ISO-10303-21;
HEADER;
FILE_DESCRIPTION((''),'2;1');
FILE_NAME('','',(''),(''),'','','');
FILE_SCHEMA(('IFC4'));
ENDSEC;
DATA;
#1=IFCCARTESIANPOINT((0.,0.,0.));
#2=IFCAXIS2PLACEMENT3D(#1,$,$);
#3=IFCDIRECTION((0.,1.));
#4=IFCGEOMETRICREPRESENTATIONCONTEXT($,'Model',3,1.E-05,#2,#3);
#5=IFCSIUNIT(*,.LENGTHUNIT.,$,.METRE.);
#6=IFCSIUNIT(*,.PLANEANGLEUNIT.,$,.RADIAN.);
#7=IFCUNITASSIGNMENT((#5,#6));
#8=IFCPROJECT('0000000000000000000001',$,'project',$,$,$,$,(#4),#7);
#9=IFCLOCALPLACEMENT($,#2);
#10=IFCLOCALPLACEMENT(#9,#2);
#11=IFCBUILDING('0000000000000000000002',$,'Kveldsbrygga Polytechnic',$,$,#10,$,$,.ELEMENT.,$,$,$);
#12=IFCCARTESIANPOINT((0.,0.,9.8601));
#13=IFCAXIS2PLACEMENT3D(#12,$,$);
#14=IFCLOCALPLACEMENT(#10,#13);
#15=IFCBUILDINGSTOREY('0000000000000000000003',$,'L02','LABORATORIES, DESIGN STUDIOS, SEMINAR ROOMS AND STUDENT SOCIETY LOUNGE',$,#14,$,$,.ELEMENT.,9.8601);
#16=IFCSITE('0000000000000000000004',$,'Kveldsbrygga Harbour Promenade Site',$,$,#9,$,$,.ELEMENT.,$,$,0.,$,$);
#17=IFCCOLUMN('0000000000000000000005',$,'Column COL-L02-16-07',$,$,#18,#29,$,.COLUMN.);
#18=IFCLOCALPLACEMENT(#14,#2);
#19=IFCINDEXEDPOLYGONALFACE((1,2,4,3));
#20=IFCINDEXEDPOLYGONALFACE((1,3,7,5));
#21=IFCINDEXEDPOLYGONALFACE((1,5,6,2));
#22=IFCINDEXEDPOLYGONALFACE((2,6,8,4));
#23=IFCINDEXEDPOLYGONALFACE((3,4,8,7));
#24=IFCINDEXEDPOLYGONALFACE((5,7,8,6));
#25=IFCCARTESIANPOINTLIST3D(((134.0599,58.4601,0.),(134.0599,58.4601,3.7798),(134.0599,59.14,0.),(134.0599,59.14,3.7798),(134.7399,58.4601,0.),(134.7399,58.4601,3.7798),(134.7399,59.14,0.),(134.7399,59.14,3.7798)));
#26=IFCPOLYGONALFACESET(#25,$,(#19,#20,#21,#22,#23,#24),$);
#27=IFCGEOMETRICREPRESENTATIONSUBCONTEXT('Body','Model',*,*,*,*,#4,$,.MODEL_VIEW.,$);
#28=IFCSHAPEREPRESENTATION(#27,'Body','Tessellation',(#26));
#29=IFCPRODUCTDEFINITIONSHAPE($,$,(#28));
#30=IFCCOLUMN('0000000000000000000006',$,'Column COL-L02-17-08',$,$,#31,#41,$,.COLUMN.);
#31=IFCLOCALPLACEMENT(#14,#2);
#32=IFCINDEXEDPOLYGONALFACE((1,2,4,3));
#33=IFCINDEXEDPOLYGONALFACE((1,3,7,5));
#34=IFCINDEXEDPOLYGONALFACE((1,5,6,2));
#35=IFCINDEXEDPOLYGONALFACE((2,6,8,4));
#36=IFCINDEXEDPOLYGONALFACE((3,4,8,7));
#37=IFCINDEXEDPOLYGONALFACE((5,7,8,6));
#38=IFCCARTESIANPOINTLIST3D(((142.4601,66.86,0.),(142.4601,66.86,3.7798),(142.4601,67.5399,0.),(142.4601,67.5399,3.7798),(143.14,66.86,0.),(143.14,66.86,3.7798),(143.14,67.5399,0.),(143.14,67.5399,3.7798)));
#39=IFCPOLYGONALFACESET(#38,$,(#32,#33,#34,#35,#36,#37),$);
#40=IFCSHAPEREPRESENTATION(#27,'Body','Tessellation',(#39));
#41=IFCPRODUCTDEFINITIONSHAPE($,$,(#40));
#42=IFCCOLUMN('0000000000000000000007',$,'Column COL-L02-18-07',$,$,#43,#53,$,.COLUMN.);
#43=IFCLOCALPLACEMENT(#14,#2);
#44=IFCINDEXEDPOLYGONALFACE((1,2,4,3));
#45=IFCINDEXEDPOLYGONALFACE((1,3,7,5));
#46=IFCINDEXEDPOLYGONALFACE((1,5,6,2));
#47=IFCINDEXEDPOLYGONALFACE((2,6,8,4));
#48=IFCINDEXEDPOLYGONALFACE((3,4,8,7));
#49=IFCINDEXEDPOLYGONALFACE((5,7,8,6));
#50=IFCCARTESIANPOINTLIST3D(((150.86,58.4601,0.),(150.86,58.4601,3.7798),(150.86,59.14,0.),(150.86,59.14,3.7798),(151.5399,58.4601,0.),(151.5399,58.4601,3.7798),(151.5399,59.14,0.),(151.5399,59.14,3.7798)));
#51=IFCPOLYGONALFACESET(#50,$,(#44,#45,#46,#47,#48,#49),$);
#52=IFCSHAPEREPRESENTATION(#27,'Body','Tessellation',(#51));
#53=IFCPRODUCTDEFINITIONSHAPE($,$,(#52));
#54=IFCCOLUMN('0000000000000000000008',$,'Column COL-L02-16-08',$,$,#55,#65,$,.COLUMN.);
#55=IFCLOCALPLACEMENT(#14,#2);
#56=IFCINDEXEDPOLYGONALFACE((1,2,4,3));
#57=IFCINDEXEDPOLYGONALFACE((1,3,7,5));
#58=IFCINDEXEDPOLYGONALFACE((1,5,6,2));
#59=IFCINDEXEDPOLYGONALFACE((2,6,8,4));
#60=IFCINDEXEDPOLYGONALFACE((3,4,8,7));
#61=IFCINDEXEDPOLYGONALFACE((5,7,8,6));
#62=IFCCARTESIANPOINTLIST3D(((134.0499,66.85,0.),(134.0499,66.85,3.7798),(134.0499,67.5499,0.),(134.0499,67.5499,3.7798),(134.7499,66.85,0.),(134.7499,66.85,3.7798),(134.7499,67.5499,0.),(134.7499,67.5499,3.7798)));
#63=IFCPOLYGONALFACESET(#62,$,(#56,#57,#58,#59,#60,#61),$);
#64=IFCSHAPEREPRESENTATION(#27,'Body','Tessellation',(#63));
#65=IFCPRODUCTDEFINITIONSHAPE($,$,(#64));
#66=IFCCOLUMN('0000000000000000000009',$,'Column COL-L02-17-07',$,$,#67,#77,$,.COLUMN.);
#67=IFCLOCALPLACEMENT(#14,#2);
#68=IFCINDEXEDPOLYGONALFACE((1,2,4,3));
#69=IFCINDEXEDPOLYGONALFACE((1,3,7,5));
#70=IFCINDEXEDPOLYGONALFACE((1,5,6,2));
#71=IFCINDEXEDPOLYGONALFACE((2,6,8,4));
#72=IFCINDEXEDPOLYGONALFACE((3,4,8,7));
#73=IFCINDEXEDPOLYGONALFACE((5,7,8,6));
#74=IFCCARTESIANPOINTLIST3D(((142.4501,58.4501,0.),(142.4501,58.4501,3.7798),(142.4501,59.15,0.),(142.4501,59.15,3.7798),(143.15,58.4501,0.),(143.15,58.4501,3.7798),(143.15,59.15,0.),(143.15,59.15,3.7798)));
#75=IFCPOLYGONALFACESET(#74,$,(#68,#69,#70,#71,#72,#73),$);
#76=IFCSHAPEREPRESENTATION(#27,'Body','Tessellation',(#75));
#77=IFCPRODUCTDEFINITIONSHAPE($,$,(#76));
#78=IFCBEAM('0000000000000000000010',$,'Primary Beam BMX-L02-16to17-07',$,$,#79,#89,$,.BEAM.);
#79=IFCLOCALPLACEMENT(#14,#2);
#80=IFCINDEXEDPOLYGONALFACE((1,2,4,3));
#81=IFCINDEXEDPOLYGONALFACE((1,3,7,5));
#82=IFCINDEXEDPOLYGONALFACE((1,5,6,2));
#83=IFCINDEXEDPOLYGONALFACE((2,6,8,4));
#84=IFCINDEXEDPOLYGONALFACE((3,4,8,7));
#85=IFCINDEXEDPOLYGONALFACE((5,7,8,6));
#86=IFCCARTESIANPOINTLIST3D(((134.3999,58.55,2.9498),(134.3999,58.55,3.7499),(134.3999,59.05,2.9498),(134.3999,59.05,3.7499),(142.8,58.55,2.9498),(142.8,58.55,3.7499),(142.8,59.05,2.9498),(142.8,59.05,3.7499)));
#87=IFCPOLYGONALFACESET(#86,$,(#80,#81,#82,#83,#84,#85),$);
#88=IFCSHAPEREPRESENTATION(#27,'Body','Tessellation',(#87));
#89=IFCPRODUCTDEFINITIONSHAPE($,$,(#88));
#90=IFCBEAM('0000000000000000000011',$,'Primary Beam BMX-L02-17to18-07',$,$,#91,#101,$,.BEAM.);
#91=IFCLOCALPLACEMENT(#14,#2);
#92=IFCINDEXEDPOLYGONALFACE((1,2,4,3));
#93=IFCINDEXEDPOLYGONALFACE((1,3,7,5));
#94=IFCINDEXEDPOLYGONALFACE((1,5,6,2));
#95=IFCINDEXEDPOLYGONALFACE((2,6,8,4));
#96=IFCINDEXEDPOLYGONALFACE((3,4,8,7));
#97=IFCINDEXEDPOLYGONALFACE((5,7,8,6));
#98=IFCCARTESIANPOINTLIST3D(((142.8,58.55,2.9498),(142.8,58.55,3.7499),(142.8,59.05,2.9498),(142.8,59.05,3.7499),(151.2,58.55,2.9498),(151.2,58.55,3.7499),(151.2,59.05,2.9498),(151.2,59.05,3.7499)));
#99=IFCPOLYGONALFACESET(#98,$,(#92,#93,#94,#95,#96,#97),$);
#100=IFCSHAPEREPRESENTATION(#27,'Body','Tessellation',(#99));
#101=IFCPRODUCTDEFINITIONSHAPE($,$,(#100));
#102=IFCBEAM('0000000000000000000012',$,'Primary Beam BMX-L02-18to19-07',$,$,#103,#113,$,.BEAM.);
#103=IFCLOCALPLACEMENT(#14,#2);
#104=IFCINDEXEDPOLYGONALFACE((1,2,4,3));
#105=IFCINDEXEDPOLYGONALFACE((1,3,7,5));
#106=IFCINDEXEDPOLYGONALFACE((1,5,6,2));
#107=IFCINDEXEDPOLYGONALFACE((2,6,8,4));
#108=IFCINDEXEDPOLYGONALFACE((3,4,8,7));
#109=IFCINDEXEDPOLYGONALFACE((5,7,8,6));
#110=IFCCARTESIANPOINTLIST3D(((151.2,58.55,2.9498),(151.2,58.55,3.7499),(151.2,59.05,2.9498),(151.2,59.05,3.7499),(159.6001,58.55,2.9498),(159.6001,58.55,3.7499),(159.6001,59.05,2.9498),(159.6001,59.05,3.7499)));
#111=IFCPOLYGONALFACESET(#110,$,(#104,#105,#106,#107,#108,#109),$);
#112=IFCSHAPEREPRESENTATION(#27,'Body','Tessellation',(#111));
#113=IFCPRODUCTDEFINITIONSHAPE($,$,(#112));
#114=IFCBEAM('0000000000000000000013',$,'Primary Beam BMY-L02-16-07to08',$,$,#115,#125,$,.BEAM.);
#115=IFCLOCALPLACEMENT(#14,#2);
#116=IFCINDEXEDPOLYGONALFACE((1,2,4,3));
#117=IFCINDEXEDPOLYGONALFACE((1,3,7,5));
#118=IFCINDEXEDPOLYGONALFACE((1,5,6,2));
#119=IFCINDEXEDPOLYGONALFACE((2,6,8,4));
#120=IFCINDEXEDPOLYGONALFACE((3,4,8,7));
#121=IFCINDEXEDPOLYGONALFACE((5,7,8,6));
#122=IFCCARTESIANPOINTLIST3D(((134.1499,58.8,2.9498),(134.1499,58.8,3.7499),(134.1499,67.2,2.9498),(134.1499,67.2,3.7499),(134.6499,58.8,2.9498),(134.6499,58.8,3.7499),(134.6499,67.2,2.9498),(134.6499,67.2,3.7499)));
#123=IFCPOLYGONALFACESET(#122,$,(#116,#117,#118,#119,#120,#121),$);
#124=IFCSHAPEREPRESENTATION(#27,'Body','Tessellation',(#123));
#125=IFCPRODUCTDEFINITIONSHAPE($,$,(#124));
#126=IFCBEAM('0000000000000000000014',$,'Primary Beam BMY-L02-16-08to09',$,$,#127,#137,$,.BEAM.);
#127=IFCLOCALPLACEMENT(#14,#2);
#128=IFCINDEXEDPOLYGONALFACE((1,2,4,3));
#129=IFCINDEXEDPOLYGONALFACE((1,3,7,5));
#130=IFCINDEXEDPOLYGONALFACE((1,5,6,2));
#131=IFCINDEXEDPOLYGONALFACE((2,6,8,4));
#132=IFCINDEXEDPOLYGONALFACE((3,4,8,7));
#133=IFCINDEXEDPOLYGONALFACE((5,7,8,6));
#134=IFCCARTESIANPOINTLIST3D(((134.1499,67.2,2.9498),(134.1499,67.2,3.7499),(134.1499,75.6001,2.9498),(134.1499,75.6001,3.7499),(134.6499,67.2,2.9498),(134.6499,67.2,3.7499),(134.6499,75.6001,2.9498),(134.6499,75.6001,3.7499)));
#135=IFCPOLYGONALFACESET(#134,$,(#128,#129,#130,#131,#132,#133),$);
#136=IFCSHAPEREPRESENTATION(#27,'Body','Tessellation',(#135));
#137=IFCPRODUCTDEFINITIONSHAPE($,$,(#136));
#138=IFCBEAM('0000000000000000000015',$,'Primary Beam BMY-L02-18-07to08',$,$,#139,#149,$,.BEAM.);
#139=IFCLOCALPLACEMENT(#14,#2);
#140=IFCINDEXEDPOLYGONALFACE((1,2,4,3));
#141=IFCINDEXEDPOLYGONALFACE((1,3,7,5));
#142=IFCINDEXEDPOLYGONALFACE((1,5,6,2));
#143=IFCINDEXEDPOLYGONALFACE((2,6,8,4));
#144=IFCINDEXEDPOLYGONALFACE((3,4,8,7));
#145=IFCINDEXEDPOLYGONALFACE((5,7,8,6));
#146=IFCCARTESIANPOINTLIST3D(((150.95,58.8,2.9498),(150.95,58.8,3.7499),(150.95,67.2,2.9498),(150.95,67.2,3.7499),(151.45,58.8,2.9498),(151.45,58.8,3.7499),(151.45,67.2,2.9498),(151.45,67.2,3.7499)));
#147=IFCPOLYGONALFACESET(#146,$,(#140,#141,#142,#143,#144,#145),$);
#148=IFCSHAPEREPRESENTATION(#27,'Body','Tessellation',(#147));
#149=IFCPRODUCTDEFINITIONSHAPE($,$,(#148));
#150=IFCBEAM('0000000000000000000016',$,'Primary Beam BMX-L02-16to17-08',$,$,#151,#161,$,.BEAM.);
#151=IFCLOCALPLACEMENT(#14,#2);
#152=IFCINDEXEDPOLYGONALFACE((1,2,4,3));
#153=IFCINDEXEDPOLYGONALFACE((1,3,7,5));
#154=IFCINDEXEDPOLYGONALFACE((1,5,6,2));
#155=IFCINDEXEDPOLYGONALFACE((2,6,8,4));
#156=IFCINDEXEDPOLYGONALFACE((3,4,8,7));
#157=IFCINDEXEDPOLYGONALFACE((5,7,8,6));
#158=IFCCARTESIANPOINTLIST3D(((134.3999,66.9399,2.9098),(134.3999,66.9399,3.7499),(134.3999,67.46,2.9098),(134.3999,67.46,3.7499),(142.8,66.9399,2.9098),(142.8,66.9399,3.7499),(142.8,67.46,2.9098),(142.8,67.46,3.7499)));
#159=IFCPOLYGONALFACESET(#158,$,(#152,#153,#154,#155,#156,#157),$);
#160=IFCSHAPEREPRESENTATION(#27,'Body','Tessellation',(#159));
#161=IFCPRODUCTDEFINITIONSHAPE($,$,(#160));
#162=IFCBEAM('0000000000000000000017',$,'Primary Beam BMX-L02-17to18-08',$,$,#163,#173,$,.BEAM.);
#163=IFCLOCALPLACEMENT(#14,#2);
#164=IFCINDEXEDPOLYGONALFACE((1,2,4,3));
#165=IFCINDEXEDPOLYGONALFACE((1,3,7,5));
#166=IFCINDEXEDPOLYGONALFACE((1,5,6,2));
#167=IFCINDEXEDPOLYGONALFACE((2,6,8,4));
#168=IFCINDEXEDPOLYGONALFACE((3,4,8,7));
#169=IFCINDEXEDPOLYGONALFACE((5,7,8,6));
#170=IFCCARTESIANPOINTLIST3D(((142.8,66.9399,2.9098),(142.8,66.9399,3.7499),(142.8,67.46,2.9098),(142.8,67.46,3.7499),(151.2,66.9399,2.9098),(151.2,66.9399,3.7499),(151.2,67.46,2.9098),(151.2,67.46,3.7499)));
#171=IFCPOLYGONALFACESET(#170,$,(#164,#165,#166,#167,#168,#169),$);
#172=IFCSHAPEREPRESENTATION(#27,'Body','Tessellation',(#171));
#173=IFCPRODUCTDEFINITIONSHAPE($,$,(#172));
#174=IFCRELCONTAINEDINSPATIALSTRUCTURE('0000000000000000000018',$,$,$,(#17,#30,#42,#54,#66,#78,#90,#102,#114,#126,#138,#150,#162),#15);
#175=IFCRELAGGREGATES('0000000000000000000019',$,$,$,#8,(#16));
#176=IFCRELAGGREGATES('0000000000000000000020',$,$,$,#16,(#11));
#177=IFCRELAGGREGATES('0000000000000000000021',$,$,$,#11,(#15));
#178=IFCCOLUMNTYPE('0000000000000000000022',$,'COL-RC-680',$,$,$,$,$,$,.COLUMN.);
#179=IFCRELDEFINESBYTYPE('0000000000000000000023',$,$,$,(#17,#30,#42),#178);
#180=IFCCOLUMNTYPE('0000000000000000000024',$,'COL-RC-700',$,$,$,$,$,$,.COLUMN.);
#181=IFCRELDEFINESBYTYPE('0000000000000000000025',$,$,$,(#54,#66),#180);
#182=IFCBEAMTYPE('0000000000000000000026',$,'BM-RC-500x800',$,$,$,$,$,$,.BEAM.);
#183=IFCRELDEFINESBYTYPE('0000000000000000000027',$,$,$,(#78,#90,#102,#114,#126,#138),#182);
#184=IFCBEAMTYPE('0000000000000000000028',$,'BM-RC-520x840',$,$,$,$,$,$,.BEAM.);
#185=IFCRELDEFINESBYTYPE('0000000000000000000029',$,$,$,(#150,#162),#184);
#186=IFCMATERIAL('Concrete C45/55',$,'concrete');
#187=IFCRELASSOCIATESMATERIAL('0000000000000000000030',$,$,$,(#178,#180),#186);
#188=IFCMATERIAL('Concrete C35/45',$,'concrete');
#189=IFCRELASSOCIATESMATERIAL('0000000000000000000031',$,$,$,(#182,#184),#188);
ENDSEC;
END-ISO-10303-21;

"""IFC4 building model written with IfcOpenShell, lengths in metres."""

from ifc_helpers import new_model, si_unit, direction, frame, origin, origin_2d, place, context, subcontext, project, spatial, rectangle, extrude, material, material_profile, profile_set, type_object, element, save


model = new_model("IFC4")

# Units and contexts
model_context = context("Model", 3, precision=1e-05, world=origin(), true_north=direction((0.0, 1.0)))
body_context = subcontext(model_context, "Body", "Model", "MODEL_VIEW")
ifc_project = project(units=[si_unit("LENGTHUNIT", "METRE"), si_unit("PLANEANGLEUNIT", "RADIAN")], contexts=[model_context])

# Site, building, storey
site_placement = place(None, origin())
site = spatial("IfcSite", under=ifc_project, at=site_placement, Name="Kveldsbrygga Harbour Promenade Site", CompositionType="ELEMENT", RefElevation=0.0)
building_placement = place(site_placement, origin())
building = spatial("IfcBuilding", under=site, at=building_placement, Name="Kveldsbrygga Polytechnic", CompositionType="ELEMENT")
storey_placement = place(building_placement, frame((0.0, 0.0, 9.8601)))
storey = spatial("IfcBuildingStorey", under=building, at=storey_placement, Name="L02", Description="LABORATORIES, DESIGN STUDIOS, SEMINAR ROOMS AND STUDENT SOCIETY LOUNGE", CompositionType="ELEMENT", Elevation=9.8601)

# Columns
ifc_material_1 = material(Name="Concrete C45/55", Category="concrete")
ifc_material_profile_1 = material_profile(ifc_material_1, rectangle(XDim=0.6799, YDim=0.6799, at=origin_2d()), Name="RC 680x680")
ifc_profile_set_1 = profile_set([ifc_material_profile_1], Name="Concrete C45/55")
column_type_1 = type_object("IfcColumnType", Name="COL-RC-680", PredefinedType="COLUMN", material=ifc_profile_set_1)
for number, where, z_axis, x_axis, name in (
    (1, (134.3999, 58.8, 0.0), (0.0, 0.0, 1.0), (1.0, 0.0, 0.0), "Column COL-L02-16-07"),
    (2, (142.8, 67.2, 0.0), (0.0, 0.0, 1.0), (1.0, 0.0, 0.0), "Column COL-L02-17-08"),
    (3, (151.2, 58.8, 0.0), (0.0, 0.0, 1.0), (1.0, 0.0, 0.0), "Column COL-L02-18-07"),
):
    element("IfcColumn", number, at=place(storey_placement, frame(where, z_axis=z_axis, x_axis=x_axis)), inside=storey, type_object=column_type_1, Name=name, PredefinedType="COLUMN", context=body_context, shape_type="SweptSolid", body=[
        extrude(rectangle(XDim=0.6799, YDim=0.6799, at=origin_2d()), origin(), (0.0, 0.0, 1.0), 3.7798),
    ])
ifc_material_profile_2 = material_profile(ifc_material_1, rectangle(XDim=0.7, YDim=0.7, at=origin_2d()), Name="RC 700x700")
ifc_profile_set_2 = profile_set([ifc_material_profile_2], Name="Concrete C45/55")
column_type_2 = type_object("IfcColumnType", Name="COL-RC-700", PredefinedType="COLUMN", material=ifc_profile_set_2)
for number, where, z_axis, x_axis, name in (
    (4, (134.3999, 67.2, 0.0), (0.0, 0.0, 1.0), (1.0, 0.0, 0.0), "Column COL-L02-16-08"),
    (5, (142.8, 58.8, 0.0), (0.0, 0.0, 1.0), (1.0, 0.0, 0.0), "Column COL-L02-17-07"),
):
    element("IfcColumn", number, at=place(storey_placement, frame(where, z_axis=z_axis, x_axis=x_axis)), inside=storey, type_object=column_type_2, Name=name, PredefinedType="COLUMN", context=body_context, shape_type="SweptSolid", body=[
        extrude(rectangle(XDim=0.7, YDim=0.7, at=origin_2d()), origin(), (0.0, 0.0, 1.0), 3.7798),
    ])

# Beams
ifc_material_2 = material(Name="Concrete C35/45", Category="concrete")
ifc_material_profile_3 = material_profile(ifc_material_2, rectangle(XDim=0.5, YDim=0.8, at=origin_2d()), Name="RC 500x800")
ifc_profile_set_3 = profile_set([ifc_material_profile_3], Name="Concrete C35/45")
beam_type_1 = type_object("IfcBeamType", Name="BM-RC-500x800", PredefinedType="BEAM", material=ifc_profile_set_3)
beam_1_placement = place(storey_placement, frame((134.3999, 58.8, 3.3499), z_axis=(1.0, 0.0, 0.0), x_axis=(0.0, 1.0, 0.0)))
element("IfcBeam", 6, at=beam_1_placement, inside=storey, type_object=beam_type_1, Name="Primary Beam BMX-L02-16to17-07", PredefinedType="BEAM", context=body_context, shape_type="SweptSolid", body=[
    extrude(rectangle(XDim=0.5, YDim=0.8, at=origin_2d()), origin(), (0.0, 0.0, 1.0), 8.4001),
])
beam_2_placement = place(storey_placement, frame((142.8, 58.8, 3.3499), z_axis=(1.0, 0.0, 0.0), x_axis=(0.0, 1.0, 0.0)))
element("IfcBeam", 7, at=beam_2_placement, inside=storey, type_object=beam_type_1, Name="Primary Beam BMX-L02-17to18-07", PredefinedType="BEAM", context=body_context, shape_type="SweptSolid", body=[
    extrude(rectangle(XDim=0.5, YDim=0.8, at=origin_2d()), origin(), (0.0, 0.0, 1.0), 8.3999),
])
beam_3_placement = place(storey_placement, frame((151.2, 58.8, 3.3499), z_axis=(1.0, 0.0, 0.0), x_axis=(0.0, 1.0, 0.0)))
element("IfcBeam", 8, at=beam_3_placement, inside=storey, type_object=beam_type_1, Name="Primary Beam BMX-L02-18to19-07", PredefinedType="BEAM", context=body_context, shape_type="SweptSolid", body=[
    extrude(rectangle(XDim=0.5, YDim=0.8, at=origin_2d()), origin(), (0.0, 0.0, 1.0), 8.4001),
])
beam_4_placement = place(storey_placement, frame((134.3999, 58.8, 3.3499), z_axis=(0.0, 1.0, 0.0), x_axis=(-1.0, 0.0, 0.0)))
element("IfcBeam", 9, at=beam_4_placement, inside=storey, type_object=beam_type_1, Name="Primary Beam BMY-L02-16-07to08", PredefinedType="BEAM", context=body_context, shape_type="SweptSolid", body=[
    extrude(rectangle(XDim=0.5, YDim=0.8, at=origin_2d()), origin(), (0.0, 0.0, 1.0), 8.3999),
])
beam_5_placement = place(storey_placement, frame((134.3999, 67.2, 3.3499), z_axis=(0.0, 1.0, 0.0), x_axis=(-1.0, 0.0, 0.0)))
element("IfcBeam", 10, at=beam_5_placement, inside=storey, type_object=beam_type_1, Name="Primary Beam BMY-L02-16-08to09", PredefinedType="BEAM", context=body_context, shape_type="SweptSolid", body=[
    extrude(rectangle(XDim=0.5, YDim=0.8, at=origin_2d()), origin(), (0.0, 0.0, 1.0), 8.4001),
])
beam_6_placement = place(storey_placement, frame((151.2, 58.8, 3.3499), z_axis=(0.0, 1.0, 0.0), x_axis=(-1.0, 0.0, 0.0)))
element("IfcBeam", 11, at=beam_6_placement, inside=storey, type_object=beam_type_1, Name="Primary Beam BMY-L02-18-07to08", PredefinedType="BEAM", context=body_context, shape_type="SweptSolid", body=[
    extrude(rectangle(XDim=0.5, YDim=0.8, at=origin_2d()), origin(), (0.0, 0.0, 1.0), 8.3999),
])
ifc_material_profile_4 = material_profile(ifc_material_2, rectangle(XDim=0.52, YDim=0.8401, at=origin_2d()), Name="RC 520x840")
ifc_profile_set_4 = profile_set([ifc_material_profile_4], Name="Concrete C35/45")
beam_type_2 = type_object("IfcBeamType", Name="BM-RC-520x840", PredefinedType="BEAM", material=ifc_profile_set_4)
beam_7_placement = place(storey_placement, frame((134.3999, 67.2, 3.3298), z_axis=(1.0, 0.0, 0.0), x_axis=(0.0, 1.0, 0.0)))
element("IfcBeam", 12, at=beam_7_placement, inside=storey, type_object=beam_type_2, Name="Primary Beam BMX-L02-16to17-08", PredefinedType="BEAM", context=body_context, shape_type="SweptSolid", body=[
    extrude(rectangle(XDim=0.52, YDim=0.8401, at=origin_2d()), origin(), (0.0, 0.0, 1.0), 8.4001),
])
beam_8_placement = place(storey_placement, frame((142.8, 67.2, 3.3298), z_axis=(1.0, 0.0, 0.0), x_axis=(0.0, 1.0, 0.0)))
element("IfcBeam", 13, at=beam_8_placement, inside=storey, type_object=beam_type_2, Name="Primary Beam BMX-L02-17to18-08", PredefinedType="BEAM", context=body_context, shape_type="SweptSolid", body=[
    extrude(rectangle(XDim=0.52, YDim=0.8401, at=origin_2d()), origin(), (0.0, 0.0, 1.0), 8.3999),
])

save(model, "model.ifc")
